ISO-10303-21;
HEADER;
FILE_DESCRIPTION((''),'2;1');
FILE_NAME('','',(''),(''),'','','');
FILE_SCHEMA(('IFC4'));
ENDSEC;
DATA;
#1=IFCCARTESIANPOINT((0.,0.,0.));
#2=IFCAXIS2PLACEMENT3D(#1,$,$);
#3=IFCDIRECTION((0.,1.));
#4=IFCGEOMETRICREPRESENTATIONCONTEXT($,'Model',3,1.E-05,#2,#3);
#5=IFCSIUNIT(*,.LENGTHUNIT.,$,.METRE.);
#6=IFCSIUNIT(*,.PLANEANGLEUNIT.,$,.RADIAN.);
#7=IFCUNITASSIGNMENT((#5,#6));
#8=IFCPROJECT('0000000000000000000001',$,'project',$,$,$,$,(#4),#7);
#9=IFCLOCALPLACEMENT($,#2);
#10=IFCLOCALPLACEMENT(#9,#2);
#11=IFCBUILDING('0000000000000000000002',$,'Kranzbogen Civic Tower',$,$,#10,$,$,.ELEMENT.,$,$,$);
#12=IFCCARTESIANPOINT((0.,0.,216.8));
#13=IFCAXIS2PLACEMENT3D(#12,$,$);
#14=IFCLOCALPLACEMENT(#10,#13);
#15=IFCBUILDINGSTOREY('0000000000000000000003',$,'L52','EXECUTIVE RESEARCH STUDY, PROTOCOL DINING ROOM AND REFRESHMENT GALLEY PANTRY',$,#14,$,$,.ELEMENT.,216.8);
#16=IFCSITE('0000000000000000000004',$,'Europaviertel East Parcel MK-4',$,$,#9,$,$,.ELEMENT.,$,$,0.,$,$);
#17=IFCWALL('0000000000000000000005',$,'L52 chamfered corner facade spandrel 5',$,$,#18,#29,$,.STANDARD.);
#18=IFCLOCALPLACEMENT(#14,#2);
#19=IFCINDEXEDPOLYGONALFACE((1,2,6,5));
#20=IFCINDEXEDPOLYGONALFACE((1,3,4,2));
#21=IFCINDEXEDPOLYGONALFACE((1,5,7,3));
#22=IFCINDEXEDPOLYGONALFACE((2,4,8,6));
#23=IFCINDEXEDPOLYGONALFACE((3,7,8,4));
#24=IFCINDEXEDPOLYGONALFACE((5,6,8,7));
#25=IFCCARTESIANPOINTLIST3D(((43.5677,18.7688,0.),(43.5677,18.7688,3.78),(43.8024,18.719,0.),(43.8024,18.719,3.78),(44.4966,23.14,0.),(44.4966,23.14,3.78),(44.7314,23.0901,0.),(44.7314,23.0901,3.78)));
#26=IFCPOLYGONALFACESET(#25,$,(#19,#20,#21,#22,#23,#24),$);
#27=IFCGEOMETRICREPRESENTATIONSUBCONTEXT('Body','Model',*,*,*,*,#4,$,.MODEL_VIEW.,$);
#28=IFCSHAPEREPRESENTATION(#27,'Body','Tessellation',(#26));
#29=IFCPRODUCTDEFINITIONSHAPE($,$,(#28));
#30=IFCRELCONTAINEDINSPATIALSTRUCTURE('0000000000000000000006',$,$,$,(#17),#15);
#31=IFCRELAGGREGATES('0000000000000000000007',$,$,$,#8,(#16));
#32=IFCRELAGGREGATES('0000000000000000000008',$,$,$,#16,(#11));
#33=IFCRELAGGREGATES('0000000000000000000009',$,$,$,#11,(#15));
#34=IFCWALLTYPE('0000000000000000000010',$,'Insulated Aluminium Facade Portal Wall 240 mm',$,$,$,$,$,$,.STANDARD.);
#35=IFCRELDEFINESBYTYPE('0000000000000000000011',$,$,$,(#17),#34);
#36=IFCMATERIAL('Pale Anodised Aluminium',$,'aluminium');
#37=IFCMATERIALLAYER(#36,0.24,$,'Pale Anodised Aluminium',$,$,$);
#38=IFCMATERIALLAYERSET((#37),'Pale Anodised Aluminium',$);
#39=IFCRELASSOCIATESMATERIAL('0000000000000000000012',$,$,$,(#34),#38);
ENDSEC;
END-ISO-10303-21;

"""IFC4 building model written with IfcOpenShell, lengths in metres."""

from ifc_helpers import new_model, si_unit, direction, frame, frame_2d, origin, place, context, subcontext, project, spatial, rectangle, extrude, material, layer, layer_set, type_object, element, save


model = new_model("IFC4")

# Units and contexts
model_context = context("Model", 3, precision=1e-05, world=origin(), true_north=direction((0.0, 1.0)))
body_context = subcontext(model_context, "Body", "Model", "MODEL_VIEW")
ifc_project = project(units=[si_unit("LENGTHUNIT", "METRE"), si_unit("PLANEANGLEUNIT", "RADIAN")], contexts=[model_context])

# Site, building, storey
site_placement = place(None, origin())
site = spatial("IfcSite", under=ifc_project, at=site_placement, Name="Europaviertel East Parcel MK-4", CompositionType="ELEMENT", RefElevation=0.0)
building_placement = place(site_placement, origin())
building = spatial("IfcBuilding", under=site, at=building_placement, Name="Kranzbogen Civic Tower", CompositionType="ELEMENT")
storey_placement = place(building_placement, frame((0.0, 0.0, 216.8)))
storey = spatial("IfcBuildingStorey", under=building, at=storey_placement, Name="L52", Description="EXECUTIVE RESEARCH STUDY, PROTOCOL DINING ROOM AND REFRESHMENT GALLEY PANTRY", CompositionType="ELEMENT", Elevation=216.8)

# Shared definitions
ifc_material_1 = material(Name="Pale Anodised Aluminium", Category="aluminium")

# Shared definitions
ifc_layer_1 = layer(ifc_material_1, 0.24, Name="Pale Anodised Aluminium")
ifc_layer_set_1 = layer_set([ifc_layer_1], Name="Pale Anodised Aluminium")
wall_type_1 = type_object("IfcWallType", Name="Insulated Aluminium Facade Portal Wall 240 mm", PredefinedType="STANDARD", material=ifc_layer_set_1)

# Wall
wall_1_placement = place(storey_placement, frame((43.6851, 18.7439, 0.0), z_axis=(0.0, 0.0, 1.0), x_axis=(0.20788, 0.978154, 0.0)))
element("IfcWall", 1, at=wall_1_placement, inside=storey, type_object=wall_type_1, Name="L52 chamfered corner facade spandrel 5", PredefinedType="STANDARD", context=body_context, shape_type="SweptSolid", body=[
    extrude(rectangle(XDim=4.4688, YDim=0.24, at=frame_2d((2.2344, 0.0))), origin(), (0.0, 0.0, 1.0), 3.78),
])

save(model, "model.ifc")
